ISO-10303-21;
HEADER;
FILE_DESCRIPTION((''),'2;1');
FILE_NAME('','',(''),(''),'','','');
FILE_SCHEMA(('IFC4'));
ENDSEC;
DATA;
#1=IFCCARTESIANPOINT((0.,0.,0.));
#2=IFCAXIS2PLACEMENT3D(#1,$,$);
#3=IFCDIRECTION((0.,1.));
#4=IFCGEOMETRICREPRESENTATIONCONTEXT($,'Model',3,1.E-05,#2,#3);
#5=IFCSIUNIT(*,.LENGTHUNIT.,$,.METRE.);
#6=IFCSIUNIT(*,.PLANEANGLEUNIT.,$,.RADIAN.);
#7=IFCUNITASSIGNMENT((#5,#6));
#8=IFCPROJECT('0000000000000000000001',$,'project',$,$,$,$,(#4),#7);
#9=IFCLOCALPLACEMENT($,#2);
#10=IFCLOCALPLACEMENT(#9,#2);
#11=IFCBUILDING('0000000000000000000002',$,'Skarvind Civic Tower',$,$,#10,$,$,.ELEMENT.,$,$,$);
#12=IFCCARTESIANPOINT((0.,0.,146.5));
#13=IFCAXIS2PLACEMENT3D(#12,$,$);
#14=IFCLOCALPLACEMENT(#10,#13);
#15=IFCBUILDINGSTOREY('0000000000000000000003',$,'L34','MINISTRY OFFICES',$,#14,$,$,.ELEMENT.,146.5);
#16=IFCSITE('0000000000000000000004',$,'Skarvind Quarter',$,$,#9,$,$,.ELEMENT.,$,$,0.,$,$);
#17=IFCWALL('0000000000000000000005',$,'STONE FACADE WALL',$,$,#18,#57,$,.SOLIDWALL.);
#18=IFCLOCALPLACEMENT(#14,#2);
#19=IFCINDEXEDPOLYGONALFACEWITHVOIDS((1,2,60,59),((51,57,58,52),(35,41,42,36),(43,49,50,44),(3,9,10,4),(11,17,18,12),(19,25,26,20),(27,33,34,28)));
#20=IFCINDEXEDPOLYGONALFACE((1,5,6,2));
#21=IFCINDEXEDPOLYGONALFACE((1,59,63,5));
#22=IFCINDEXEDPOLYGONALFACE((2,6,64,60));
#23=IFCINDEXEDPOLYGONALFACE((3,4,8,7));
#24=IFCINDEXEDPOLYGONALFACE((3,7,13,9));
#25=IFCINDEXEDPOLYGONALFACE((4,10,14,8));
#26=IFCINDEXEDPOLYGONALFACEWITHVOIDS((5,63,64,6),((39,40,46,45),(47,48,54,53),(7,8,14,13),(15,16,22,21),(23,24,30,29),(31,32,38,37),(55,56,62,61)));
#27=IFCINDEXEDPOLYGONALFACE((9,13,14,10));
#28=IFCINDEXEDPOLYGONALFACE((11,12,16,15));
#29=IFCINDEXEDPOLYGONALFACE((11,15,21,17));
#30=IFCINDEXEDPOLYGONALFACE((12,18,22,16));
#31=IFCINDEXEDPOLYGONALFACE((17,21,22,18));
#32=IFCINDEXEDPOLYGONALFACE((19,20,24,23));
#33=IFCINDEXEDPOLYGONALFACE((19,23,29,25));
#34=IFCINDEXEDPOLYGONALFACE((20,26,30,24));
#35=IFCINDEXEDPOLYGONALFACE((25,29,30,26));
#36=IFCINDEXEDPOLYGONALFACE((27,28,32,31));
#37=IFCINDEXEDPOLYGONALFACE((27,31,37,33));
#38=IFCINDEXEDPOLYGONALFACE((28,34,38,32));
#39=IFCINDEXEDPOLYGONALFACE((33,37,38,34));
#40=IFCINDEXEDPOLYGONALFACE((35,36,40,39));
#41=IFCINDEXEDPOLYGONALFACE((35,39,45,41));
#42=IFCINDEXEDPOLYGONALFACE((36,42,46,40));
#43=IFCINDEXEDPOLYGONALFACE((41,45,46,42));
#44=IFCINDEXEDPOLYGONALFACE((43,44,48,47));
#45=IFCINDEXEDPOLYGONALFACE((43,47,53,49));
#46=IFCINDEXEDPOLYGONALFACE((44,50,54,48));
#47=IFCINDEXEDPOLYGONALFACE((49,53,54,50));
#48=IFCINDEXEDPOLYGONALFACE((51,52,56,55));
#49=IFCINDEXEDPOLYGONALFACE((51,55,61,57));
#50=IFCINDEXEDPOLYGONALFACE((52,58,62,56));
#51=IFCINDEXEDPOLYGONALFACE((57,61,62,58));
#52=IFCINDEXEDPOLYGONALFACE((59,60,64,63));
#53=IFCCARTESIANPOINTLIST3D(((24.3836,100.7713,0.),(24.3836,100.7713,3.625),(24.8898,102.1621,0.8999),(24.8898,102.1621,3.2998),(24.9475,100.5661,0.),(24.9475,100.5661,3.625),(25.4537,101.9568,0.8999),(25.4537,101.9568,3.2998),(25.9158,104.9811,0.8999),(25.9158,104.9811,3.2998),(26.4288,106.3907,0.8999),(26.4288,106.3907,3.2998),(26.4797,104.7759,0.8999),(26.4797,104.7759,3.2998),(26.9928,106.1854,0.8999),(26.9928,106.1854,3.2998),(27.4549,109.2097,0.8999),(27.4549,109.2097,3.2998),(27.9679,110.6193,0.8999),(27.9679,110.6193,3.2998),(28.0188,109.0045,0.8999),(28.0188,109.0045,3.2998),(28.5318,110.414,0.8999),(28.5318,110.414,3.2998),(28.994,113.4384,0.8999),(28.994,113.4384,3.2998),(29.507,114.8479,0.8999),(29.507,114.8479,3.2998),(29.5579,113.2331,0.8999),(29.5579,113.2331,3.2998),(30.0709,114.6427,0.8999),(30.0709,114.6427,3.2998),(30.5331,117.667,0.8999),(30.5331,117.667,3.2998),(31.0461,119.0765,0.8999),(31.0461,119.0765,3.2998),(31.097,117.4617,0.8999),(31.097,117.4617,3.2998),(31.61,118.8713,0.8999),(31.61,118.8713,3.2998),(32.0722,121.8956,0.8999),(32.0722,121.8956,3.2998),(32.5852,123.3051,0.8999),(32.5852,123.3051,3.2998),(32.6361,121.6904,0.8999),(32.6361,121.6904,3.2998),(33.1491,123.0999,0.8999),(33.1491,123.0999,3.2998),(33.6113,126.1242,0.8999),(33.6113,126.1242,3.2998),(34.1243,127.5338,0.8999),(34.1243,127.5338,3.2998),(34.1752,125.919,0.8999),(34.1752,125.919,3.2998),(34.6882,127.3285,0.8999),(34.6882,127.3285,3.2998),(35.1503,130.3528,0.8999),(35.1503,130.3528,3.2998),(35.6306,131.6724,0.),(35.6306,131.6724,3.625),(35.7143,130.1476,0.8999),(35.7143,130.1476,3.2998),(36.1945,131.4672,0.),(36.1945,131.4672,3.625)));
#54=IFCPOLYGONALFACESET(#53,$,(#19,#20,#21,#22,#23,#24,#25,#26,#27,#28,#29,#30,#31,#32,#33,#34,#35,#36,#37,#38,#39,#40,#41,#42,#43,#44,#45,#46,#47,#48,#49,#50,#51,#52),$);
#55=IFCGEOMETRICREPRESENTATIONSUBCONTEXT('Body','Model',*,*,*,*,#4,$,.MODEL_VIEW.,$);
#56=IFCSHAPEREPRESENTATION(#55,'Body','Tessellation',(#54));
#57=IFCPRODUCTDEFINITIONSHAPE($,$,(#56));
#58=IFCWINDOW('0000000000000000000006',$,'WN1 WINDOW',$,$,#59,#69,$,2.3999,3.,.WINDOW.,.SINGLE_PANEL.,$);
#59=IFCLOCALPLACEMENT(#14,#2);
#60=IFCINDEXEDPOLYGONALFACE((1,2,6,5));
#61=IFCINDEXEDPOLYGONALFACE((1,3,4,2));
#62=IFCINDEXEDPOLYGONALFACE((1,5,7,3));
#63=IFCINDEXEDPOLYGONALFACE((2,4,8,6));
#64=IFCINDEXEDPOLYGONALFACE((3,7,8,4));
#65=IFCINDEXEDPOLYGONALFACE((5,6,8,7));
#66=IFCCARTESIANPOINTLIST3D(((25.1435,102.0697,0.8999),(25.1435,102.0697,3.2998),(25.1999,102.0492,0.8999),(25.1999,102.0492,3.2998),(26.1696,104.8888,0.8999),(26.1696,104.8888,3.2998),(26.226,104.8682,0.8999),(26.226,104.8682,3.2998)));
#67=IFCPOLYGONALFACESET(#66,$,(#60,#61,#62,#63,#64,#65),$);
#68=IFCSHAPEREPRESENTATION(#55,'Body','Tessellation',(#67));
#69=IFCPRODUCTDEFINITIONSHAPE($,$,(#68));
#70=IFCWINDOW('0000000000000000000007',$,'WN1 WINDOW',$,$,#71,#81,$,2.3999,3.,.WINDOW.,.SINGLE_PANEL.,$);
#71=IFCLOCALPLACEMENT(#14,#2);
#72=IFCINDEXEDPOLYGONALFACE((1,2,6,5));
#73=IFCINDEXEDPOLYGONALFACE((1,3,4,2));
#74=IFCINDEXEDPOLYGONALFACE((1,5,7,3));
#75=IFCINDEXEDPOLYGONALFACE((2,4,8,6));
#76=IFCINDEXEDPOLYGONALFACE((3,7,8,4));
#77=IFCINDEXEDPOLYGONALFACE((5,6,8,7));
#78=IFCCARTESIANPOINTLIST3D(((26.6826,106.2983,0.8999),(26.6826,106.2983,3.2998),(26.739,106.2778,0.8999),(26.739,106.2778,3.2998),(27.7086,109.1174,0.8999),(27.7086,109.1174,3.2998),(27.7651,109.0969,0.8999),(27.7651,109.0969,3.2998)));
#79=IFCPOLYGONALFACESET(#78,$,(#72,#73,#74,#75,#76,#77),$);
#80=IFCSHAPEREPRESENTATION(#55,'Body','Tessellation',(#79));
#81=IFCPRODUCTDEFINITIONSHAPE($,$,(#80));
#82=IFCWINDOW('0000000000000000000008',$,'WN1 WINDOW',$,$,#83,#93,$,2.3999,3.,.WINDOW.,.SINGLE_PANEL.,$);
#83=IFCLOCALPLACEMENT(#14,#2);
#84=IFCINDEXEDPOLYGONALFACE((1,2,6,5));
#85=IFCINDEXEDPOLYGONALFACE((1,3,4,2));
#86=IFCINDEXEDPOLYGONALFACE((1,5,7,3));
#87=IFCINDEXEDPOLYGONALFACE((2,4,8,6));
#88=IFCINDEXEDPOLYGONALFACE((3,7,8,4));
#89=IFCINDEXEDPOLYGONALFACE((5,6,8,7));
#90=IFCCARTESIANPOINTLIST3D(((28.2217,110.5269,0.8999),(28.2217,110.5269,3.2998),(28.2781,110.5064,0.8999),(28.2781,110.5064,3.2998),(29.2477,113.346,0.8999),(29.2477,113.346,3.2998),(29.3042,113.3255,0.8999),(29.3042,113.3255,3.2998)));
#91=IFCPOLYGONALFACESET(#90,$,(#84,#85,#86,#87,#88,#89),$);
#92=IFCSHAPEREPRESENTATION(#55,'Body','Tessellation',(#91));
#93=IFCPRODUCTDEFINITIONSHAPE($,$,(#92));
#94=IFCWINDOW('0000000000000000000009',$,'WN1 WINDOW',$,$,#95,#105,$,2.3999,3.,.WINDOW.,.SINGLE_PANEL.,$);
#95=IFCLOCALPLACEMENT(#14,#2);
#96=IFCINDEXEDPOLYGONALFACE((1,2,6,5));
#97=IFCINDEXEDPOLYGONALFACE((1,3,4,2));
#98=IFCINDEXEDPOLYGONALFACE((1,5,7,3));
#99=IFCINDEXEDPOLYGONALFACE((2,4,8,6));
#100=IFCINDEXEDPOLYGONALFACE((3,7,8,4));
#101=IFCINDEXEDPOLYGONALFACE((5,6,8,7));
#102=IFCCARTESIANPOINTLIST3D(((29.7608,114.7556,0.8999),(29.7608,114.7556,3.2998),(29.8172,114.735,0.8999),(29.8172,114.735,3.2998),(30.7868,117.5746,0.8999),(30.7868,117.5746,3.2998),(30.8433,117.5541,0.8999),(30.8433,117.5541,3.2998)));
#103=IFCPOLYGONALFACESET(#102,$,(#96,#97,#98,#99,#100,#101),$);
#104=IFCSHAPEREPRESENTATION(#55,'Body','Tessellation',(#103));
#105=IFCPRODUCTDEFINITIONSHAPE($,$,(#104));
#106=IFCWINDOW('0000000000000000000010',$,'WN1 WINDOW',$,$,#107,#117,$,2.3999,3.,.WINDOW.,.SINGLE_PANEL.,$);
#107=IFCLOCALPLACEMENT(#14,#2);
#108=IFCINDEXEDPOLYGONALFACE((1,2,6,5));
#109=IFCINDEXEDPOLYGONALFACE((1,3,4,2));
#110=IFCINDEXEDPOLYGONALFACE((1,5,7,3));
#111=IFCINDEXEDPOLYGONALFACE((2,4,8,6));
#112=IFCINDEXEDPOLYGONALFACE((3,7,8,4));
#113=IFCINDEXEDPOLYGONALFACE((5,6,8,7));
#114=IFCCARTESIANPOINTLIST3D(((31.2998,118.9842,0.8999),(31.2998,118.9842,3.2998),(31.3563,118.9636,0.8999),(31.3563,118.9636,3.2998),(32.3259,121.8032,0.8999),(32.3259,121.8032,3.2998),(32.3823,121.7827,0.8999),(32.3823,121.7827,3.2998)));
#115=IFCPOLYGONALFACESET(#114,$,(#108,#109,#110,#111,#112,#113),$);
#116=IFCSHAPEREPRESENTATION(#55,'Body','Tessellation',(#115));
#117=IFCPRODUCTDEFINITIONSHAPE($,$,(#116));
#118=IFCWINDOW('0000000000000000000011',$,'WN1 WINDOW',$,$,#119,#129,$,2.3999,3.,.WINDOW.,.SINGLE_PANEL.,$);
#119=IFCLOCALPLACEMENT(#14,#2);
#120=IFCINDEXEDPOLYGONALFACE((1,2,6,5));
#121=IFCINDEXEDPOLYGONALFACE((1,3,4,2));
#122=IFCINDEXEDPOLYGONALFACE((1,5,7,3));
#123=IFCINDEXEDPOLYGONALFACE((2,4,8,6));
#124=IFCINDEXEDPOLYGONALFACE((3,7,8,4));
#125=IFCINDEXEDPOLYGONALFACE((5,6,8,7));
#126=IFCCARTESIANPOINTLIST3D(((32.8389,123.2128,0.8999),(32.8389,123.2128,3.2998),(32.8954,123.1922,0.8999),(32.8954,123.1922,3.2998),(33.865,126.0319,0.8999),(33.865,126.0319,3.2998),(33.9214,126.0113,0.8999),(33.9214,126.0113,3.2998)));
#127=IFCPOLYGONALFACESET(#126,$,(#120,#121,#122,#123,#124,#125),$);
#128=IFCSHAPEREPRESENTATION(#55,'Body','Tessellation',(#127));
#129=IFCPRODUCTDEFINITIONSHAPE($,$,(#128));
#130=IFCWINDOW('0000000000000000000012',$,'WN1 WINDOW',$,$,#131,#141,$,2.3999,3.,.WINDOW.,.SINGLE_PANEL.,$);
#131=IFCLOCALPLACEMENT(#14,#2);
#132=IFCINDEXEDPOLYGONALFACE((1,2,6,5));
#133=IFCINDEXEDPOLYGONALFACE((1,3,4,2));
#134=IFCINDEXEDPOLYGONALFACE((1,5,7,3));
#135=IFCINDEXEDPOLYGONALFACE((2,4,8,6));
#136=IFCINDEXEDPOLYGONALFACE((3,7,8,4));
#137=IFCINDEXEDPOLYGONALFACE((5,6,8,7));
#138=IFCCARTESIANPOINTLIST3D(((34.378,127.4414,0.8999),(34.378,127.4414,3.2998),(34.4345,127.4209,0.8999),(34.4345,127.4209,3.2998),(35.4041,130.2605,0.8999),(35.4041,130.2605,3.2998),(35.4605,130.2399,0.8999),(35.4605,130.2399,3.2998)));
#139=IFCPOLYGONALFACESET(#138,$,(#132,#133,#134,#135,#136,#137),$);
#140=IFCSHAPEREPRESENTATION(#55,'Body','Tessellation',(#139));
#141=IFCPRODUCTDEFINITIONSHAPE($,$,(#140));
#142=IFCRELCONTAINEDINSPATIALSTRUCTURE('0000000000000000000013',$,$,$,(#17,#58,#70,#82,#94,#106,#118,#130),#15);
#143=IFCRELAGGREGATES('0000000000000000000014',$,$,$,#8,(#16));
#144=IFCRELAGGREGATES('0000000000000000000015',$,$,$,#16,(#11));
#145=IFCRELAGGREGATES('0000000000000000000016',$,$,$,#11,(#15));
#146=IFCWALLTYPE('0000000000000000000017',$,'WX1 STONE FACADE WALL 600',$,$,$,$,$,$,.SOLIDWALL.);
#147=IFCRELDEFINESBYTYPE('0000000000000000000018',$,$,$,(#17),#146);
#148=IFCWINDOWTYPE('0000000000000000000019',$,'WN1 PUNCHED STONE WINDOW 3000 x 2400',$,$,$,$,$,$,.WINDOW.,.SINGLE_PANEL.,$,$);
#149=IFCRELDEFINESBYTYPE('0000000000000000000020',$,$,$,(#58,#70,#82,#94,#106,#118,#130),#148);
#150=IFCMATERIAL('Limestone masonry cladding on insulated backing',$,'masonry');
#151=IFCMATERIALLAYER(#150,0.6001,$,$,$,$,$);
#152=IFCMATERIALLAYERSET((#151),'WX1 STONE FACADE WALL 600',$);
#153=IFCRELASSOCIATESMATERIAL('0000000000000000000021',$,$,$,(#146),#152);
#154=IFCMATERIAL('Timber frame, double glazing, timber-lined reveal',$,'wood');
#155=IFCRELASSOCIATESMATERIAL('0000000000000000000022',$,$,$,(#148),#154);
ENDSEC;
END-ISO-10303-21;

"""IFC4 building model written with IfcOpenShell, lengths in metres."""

from ifc_helpers import new_model, si_unit, direction, frame, frame_2d, origin, place, context, subcontext, project, spatial, rectangle, extrude, material, layer, layer_set, type_object, element, fill, save


model = new_model("IFC4")

# Units and contexts
model_context = context("Model", 3, precision=1e-05, world=origin(), true_north=direction((0.0, 1.0)))
body_context = subcontext(model_context, "Body", "Model", "MODEL_VIEW")
ifc_project = project(units=[si_unit("LENGTHUNIT", "METRE"), si_unit("PLANEANGLEUNIT", "RADIAN")], contexts=[model_context])

# Site, building, storey
site_placement = place(None, origin())
site = spatial("IfcSite", under=ifc_project, at=site_placement, Name="Skarvind Quarter", CompositionType="ELEMENT", RefElevation=0.0)
building_placement = place(site_placement, origin())
building = spatial("IfcBuilding", under=site, at=building_placement, Name="Skarvind Civic Tower", CompositionType="ELEMENT")
storey_placement = place(building_placement, frame((0.0, 0.0, 146.5)))
storey = spatial("IfcBuildingStorey", under=building, at=storey_placement, Name="L34", Description="MINISTRY OFFICES", CompositionType="ELEMENT", Elevation=146.5)

# Wall, openings, windows
ifc_material_1 = material(Name="Limestone masonry cladding on insulated backing", Category="masonry")
ifc_layer_1 = layer(ifc_material_1, 0.6001)
ifc_layer_set_1 = layer_set([ifc_layer_1], Name="WX1 STONE FACADE WALL 600")
wall_type_1 = type_object("IfcWallType", Name="WX1 STONE FACADE WALL 600", PredefinedType="SOLIDWALL", material=ifc_layer_set_1)
wall_1_placement = place(storey_placement, frame((24.6655, 100.6687, 0.0), z_axis=(0.0, 0.0, 1.0), x_axis=(0.34202, 0.939693, 0.0)))
wall_1 = element("IfcWall", 1, at=wall_1_placement, inside=storey, type_object=wall_type_1, Name="STONE FACADE WALL", PredefinedType="SOLIDWALL", context=body_context, shape_type="SweptSolid", body=[
    extrude(rectangle(XDim=32.8843, YDim=0.6001, at=frame_2d((16.4421, 0.0))), origin(), (0.0, 0.0, 1.0), 3.625),
])
opening_1_placement = place(wall_1_placement, frame((1.48, 0.0, 0.8999)))
opening_1 = element("IfcOpeningElement", 2, at=opening_1_placement, cuts=wall_1, PredefinedType="OPENING", context=body_context, shape_type="SweptSolid", body=[
    extrude(rectangle(XDim=3.0, YDim=2.3999, at=frame_2d((1.5, 1.2))), frame((0.0, 0.3101, 0.0), z_axis=(0.0, -1.0, 0.0), x_axis=(1.0, 0.0, 0.0)), (0.0, 0.0, 1.0), 0.6201),
])
opening_2_placement = place(wall_1_placement, frame((5.98, 0.0, 0.8999)))
opening_2 = element("IfcOpeningElement", 3, at=opening_2_placement, cuts=wall_1, PredefinedType="OPENING", context=body_context, shape_type="SweptSolid", body=[
    extrude(rectangle(XDim=3.0, YDim=2.3999, at=frame_2d((1.5, 1.2))), frame((0.0, 0.3101, 0.0), z_axis=(0.0, -1.0, 0.0), x_axis=(1.0, 0.0, 0.0)), (0.0, 0.0, 1.0), 0.6201),
])
opening_3_placement = place(wall_1_placement, frame((10.48, 0.0, 0.8999)))
opening_3 = element("IfcOpeningElement", 4, at=opening_3_placement, cuts=wall_1, PredefinedType="OPENING", context=body_context, shape_type="SweptSolid", body=[
    extrude(rectangle(XDim=3.0, YDim=2.3999, at=frame_2d((1.5, 1.2))), frame((0.0, 0.3101, 0.0), z_axis=(0.0, -1.0, 0.0), x_axis=(1.0, 0.0, 0.0)), (0.0, 0.0, 1.0), 0.6201),
])
opening_4_placement = place(wall_1_placement, frame((14.98, 0.0, 0.8999)))
opening_4 = element("IfcOpeningElement", 5, at=opening_4_placement, cuts=wall_1, PredefinedType="OPENING", context=body_context, shape_type="SweptSolid", body=[
    extrude(rectangle(XDim=3.0, YDim=2.3999, at=frame_2d((1.5, 1.2))), frame((0.0, 0.3101, 0.0), z_axis=(0.0, -1.0, 0.0), x_axis=(1.0, 0.0, 0.0)), (0.0, 0.0, 1.0), 0.6201),
])
opening_5_placement = place(wall_1_placement, frame((19.48, 0.0, 0.8999)))
opening_5 = element("IfcOpeningElement", 6, at=opening_5_placement, cuts=wall_1, PredefinedType="OPENING", context=body_context, shape_type="SweptSolid", body=[
    extrude(rectangle(XDim=3.0, YDim=2.3999, at=frame_2d((1.5, 1.2))), frame((0.0, 0.3101, 0.0), z_axis=(0.0, -1.0, 0.0), x_axis=(1.0, 0.0, 0.0)), (0.0, 0.0, 1.0), 0.6201),
])
opening_6_placement = place(wall_1_placement, frame((23.98, 0.0, 0.8999)))
opening_6 = element("IfcOpeningElement", 7, at=opening_6_placement, cuts=wall_1, PredefinedType="OPENING", context=body_context, shape_type="SweptSolid", body=[
    extrude(rectangle(XDim=3.0, YDim=2.3999, at=frame_2d((1.5, 1.2))), frame((0.0, 0.3101, 0.0), z_axis=(0.0, -1.0, 0.0), x_axis=(1.0, 0.0, 0.0)), (0.0, 0.0, 1.0), 0.6201),
])
opening_7_placement = place(wall_1_placement, frame((28.48, 0.0, 0.8999)))
opening_7 = element("IfcOpeningElement", 8, at=opening_7_placement, cuts=wall_1, PredefinedType="OPENING", context=body_context, shape_type="SweptSolid", body=[
    extrude(rectangle(XDim=3.0, YDim=2.3999, at=frame_2d((1.5, 1.2))), frame((0.0, 0.3101, 0.0), z_axis=(0.0, -1.0, 0.0), x_axis=(1.0, 0.0, 0.0)), (0.0, 0.0, 1.0), 0.6201),
])
ifc_material_2 = material(Name="Timber frame, double glazing, timber-lined reveal", Category="wood")
window_type = type_object("IfcWindowType", Name="WN1 PUNCHED STONE WINDOW 3000 x 2400", PartitioningType="SINGLE_PANEL", PredefinedType="WINDOW", material=ifc_material_2)
window_1_placement = place(opening_1_placement, origin())
window_1 = element("IfcWindow", 9, at=window_1_placement, inside=storey, type_object=window_type, Name="WN1 WINDOW", OverallHeight=2.3999, OverallWidth=3.0, PartitioningType="SINGLE_PANEL", PredefinedType="WINDOW", context=body_context, shape_type="SweptSolid", body=[
    extrude(rectangle(XDim=3.0, YDim=2.3999, at=frame_2d((1.5, 1.2))), frame((0.0, 0.03, 0.0), z_axis=(0.0, -1.0, 0.0), x_axis=(1.0, 0.0, 0.0)), (0.0, 0.0, 1.0), 0.0601),
])
fill(opening_1, window_1)
window_2_placement = place(opening_2_placement, origin())
window_2 = element("IfcWindow", 10, at=window_2_placement, inside=storey, type_object=window_type, Name="WN1 WINDOW", OverallHeight=2.3999, OverallWidth=3.0, PartitioningType="SINGLE_PANEL", PredefinedType="WINDOW", context=body_context, shape_type="SweptSolid", body=[
    extrude(rectangle(XDim=3.0, YDim=2.3999, at=frame_2d((1.5, 1.2))), frame((0.0, 0.03, 0.0), z_axis=(0.0, -1.0, 0.0), x_axis=(1.0, 0.0, 0.0)), (0.0, 0.0, 1.0), 0.0601),
])
fill(opening_2, window_2)
window_3_placement = place(opening_3_placement, origin())
window_3 = element("IfcWindow", 11, at=window_3_placement, inside=storey, type_object=window_type, Name="WN1 WINDOW", OverallHeight=2.3999, OverallWidth=3.0, PartitioningType="SINGLE_PANEL", PredefinedType="WINDOW", context=body_context, shape_type="SweptSolid", body=[
    extrude(rectangle(XDim=3.0, YDim=2.3999, at=frame_2d((1.5, 1.2))), frame((0.0, 0.03, 0.0), z_axis=(0.0, -1.0, 0.0), x_axis=(1.0, 0.0, 0.0)), (0.0, 0.0, 1.0), 0.0601),
])
fill(opening_3, window_3)
window_4_placement = place(opening_4_placement, origin())
window_4 = element("IfcWindow", 12, at=window_4_placement, inside=storey, type_object=window_type, Name="WN1 WINDOW", OverallHeight=2.3999, OverallWidth=3.0, PartitioningType="SINGLE_PANEL", PredefinedType="WINDOW", context=body_context, shape_type="SweptSolid", body=[
    extrude(rectangle(XDim=3.0, YDim=2.3999, at=frame_2d((1.5, 1.2))), frame((0.0, 0.03, 0.0), z_axis=(0.0, -1.0, 0.0), x_axis=(1.0, 0.0, 0.0)), (0.0, 0.0, 1.0), 0.0601),
])
fill(opening_4, window_4)
window_5_placement = place(opening_5_placement, origin())
window_5 = element("IfcWindow", 13, at=window_5_placement, inside=storey, type_object=window_type, Name="WN1 WINDOW", OverallHeight=2.3999, OverallWidth=3.0, PartitioningType="SINGLE_PANEL", PredefinedType="WINDOW", context=body_context, shape_type="SweptSolid", body=[
    extrude(rectangle(XDim=3.0, YDim=2.3999, at=frame_2d((1.5, 1.2))), frame((0.0, 0.03, 0.0), z_axis=(0.0, -1.0, 0.0), x_axis=(1.0, 0.0, 0.0)), (0.0, 0.0, 1.0), 0.0601),
])
fill(opening_5, window_5)
window_6_placement = place(opening_6_placement, origin())
window_6 = element("IfcWindow", 14, at=window_6_placement, inside=storey, type_object=window_type, Name="WN1 WINDOW", OverallHeight=2.3999, OverallWidth=3.0, PartitioningType="SINGLE_PANEL", PredefinedType="WINDOW", context=body_context, shape_type="SweptSolid", body=[
    extrude(rectangle(XDim=3.0, YDim=2.3999, at=frame_2d((1.5, 1.2))), frame((0.0, 0.03, 0.0), z_axis=(0.0, -1.0, 0.0), x_axis=(1.0, 0.0, 0.0)), (0.0, 0.0, 1.0), 0.0601),
])
fill(opening_6, window_6)
window_7_placement = place(opening_7_placement, origin())
window_7 = element("IfcWindow", 15, at=window_7_placement, inside=storey, type_object=window_type, Name="WN1 WINDOW", OverallHeight=2.3999, OverallWidth=3.0, PartitioningType="SINGLE_PANEL", PredefinedType="WINDOW", context=body_context, shape_type="SweptSolid", body=[
    extrude(rectangle(XDim=3.0, YDim=2.3999, at=frame_2d((1.5, 1.2))), frame((0.0, 0.03, 0.0), z_axis=(0.0, -1.0, 0.0), x_axis=(1.0, 0.0, 0.0)), (0.0, 0.0, 1.0), 0.0601),
])
fill(opening_7, window_7)

save(model, "model.ifc")
